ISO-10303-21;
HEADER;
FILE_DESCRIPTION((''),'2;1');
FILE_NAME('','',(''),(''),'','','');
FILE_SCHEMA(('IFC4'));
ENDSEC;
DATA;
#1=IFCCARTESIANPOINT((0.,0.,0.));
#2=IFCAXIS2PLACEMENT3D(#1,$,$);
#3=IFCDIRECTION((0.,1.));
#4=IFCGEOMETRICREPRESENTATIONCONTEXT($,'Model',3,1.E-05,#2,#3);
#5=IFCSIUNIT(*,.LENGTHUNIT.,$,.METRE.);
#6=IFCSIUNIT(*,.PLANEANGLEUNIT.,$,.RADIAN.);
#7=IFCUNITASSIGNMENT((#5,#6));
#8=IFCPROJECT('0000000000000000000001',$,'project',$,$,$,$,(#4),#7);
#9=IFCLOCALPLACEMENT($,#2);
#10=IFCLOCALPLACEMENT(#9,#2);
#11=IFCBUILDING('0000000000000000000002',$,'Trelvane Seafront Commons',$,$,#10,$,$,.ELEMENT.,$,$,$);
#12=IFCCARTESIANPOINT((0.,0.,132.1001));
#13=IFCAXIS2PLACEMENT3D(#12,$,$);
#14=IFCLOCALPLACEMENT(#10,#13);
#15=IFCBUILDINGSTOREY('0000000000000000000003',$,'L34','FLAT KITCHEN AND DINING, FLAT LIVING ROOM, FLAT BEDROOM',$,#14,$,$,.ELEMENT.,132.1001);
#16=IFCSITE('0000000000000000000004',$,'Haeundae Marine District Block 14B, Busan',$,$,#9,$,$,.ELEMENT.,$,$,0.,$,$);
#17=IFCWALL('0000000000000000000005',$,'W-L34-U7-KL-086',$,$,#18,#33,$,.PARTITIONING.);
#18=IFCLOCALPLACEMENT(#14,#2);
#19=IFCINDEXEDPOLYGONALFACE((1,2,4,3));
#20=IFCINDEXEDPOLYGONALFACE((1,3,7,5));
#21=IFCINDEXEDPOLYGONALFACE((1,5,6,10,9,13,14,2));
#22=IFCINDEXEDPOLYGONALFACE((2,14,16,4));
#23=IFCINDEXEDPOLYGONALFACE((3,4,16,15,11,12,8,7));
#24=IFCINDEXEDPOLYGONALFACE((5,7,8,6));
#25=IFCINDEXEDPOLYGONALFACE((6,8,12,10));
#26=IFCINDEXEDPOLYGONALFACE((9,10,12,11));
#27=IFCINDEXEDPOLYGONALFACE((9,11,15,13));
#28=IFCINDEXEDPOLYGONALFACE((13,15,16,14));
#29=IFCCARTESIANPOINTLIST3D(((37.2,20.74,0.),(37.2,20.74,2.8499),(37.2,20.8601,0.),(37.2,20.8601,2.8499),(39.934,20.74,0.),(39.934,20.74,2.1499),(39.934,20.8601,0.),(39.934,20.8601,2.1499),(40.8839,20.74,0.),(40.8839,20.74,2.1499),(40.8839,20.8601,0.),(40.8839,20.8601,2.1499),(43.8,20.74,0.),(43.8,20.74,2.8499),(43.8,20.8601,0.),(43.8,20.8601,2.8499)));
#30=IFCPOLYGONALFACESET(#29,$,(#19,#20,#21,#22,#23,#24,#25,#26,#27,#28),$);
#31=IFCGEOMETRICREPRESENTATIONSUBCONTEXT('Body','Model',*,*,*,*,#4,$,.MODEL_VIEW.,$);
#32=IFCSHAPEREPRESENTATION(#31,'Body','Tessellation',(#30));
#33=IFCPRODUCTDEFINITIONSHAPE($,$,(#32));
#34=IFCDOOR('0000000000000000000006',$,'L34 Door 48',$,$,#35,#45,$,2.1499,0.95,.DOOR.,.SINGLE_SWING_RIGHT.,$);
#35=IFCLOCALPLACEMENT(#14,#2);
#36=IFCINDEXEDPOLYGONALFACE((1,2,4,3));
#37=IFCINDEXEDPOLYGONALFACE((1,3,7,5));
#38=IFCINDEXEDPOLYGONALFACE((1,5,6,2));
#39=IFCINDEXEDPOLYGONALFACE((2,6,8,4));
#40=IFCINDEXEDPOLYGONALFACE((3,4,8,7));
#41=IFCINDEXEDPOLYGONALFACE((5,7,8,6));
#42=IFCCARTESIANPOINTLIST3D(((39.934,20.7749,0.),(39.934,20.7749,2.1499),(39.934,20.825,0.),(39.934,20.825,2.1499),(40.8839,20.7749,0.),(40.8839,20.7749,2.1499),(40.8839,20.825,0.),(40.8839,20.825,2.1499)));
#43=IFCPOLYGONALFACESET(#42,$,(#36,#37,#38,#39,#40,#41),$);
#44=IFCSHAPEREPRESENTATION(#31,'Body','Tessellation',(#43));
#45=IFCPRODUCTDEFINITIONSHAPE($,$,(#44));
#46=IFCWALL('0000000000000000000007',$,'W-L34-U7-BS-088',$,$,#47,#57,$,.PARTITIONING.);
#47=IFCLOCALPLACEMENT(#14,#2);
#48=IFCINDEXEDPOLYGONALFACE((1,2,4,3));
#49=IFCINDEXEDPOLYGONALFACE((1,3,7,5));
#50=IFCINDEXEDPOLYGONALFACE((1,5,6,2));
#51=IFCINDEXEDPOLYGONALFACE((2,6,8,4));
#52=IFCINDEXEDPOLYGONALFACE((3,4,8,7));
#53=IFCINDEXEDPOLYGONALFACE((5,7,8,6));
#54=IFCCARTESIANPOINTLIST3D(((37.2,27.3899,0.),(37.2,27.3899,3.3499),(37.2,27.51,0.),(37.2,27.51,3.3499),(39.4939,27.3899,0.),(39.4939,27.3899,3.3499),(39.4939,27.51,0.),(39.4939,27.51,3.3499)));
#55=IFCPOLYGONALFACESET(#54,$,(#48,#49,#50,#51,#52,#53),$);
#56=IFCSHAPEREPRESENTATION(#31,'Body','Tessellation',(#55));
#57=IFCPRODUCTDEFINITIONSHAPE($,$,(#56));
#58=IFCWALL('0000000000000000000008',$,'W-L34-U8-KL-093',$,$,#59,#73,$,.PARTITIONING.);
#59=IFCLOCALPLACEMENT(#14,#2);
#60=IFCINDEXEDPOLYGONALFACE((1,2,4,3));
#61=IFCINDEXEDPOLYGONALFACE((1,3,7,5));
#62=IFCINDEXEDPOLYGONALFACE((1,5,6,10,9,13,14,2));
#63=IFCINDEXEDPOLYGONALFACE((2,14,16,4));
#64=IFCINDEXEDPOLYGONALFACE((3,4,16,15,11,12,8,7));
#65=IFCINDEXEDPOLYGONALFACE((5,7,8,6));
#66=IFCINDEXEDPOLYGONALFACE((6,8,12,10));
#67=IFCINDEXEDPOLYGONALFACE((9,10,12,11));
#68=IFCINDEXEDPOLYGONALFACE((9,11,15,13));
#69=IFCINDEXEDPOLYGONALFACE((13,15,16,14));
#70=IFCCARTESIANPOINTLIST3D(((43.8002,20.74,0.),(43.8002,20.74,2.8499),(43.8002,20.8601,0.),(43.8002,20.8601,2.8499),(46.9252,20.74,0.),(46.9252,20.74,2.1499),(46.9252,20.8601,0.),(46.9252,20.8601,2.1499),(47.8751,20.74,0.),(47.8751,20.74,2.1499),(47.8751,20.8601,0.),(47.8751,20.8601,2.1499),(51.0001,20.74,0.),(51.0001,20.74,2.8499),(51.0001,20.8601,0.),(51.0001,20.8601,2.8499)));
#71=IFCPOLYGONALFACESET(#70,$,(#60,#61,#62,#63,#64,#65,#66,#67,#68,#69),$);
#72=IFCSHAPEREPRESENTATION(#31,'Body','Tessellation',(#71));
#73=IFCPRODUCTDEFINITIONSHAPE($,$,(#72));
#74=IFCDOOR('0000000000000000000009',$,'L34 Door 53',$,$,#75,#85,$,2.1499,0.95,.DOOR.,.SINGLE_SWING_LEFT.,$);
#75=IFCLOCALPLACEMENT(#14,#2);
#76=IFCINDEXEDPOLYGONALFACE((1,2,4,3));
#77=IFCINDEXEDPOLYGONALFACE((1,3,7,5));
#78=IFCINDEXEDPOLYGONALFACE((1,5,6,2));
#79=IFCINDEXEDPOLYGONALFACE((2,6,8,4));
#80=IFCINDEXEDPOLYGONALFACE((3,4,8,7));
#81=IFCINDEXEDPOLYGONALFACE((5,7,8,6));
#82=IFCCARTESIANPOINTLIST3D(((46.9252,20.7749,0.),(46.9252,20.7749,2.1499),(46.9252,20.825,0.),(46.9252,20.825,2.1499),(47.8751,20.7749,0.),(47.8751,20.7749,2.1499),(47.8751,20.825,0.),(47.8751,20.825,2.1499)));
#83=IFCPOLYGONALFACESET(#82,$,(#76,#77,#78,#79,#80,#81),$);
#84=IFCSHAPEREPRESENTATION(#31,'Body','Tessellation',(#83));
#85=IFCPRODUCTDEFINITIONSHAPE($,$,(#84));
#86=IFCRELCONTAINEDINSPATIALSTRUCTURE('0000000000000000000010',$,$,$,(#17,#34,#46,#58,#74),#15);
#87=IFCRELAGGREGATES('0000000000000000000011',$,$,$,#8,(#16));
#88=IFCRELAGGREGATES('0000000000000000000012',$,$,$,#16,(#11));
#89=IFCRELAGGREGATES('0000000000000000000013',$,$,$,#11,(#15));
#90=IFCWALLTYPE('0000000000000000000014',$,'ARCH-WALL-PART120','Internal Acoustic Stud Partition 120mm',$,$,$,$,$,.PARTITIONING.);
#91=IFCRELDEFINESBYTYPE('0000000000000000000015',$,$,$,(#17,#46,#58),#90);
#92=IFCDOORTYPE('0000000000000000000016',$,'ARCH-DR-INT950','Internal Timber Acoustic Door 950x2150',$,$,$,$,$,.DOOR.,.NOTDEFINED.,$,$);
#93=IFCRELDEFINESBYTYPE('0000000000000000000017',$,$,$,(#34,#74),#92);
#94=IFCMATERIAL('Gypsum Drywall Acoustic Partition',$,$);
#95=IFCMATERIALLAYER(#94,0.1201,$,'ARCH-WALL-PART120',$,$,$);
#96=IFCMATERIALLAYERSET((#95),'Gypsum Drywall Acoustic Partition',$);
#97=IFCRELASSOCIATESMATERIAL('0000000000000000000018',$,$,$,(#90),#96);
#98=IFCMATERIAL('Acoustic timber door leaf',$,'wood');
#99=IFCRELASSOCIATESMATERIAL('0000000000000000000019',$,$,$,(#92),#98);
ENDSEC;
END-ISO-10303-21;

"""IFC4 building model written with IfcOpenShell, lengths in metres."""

from ifc_helpers import new_model, si_unit, direction, frame, frame_2d, origin, place, context, subcontext, project, spatial, rectangle, extrude, source, transform, mapped, material, layer, layer_set, type_object, element, fill, save


model = new_model("IFC4")

# Units and contexts
model_context = context("Model", 3, precision=1e-05, world=origin(), true_north=direction((0.0, 1.0)))
body_context = subcontext(model_context, "Body", "Model", "MODEL_VIEW")
ifc_project = project(units=[si_unit("LENGTHUNIT", "METRE"), si_unit("PLANEANGLEUNIT", "RADIAN")], contexts=[model_context])

# Site, building, storey
site_placement = place(None, origin())
site = spatial("IfcSite", under=ifc_project, at=site_placement, Name="Haeundae Marine District Block 14B, Busan", CompositionType="ELEMENT", RefElevation=0.0)
building_placement = place(site_placement, origin())
building = spatial("IfcBuilding", under=site, at=building_placement, Name="Trelvane Seafront Commons", CompositionType="ELEMENT")
storey_placement = place(building_placement, frame((0.0, 0.0, 132.1001)))
storey = spatial("IfcBuildingStorey", under=building, at=storey_placement, Name="L34", Description="FLAT KITCHEN AND DINING, FLAT LIVING ROOM, FLAT BEDROOM", CompositionType="ELEMENT", Elevation=132.1001)

# Wall, opening, door
ifc_material_1 = material(Name="Gypsum Drywall Acoustic Partition")
ifc_layer = layer(ifc_material_1, 0.1201, Name="ARCH-WALL-PART120")
ifc_layer_set = layer_set([ifc_layer], Name="Gypsum Drywall Acoustic Partition")
wall_type = type_object("IfcWallType", Name="ARCH-WALL-PART120", Description="Internal Acoustic Stud Partition 120mm", PredefinedType="PARTITIONING", material=ifc_layer_set)
wall_1_placement = place(storey_placement, frame((37.2, 20.8, 0.0), z_axis=(0.0, 0.0, 1.0), x_axis=(1.0, 0.0, 0.0)))
wall_1 = element("IfcWall", 1, at=wall_1_placement, inside=storey, type_object=wall_type, Name="W-L34-U7-KL-086", PredefinedType="PARTITIONING", context=body_context, shape_type="SweptSolid", body=[
    extrude(rectangle(XDim=6.6001, YDim=0.1201, at=frame_2d((3.3, 0.0))), origin(), (0.0, 0.0, 1.0), 2.8499),
])
opening_1_placement = place(wall_1_placement, frame((2.7339, 0.0, 0.0)))
opening_1 = element("IfcOpeningElement", 2, at=opening_1_placement, cuts=wall_1, PredefinedType="OPENING", context=body_context, shape_type="SweptSolid", body=[
    extrude(rectangle(XDim=0.95, YDim=2.1499, at=frame_2d((0.4751, 1.075))), frame((0.0, 0.0701, 0.0), z_axis=(0.0, -1.0, 0.0), x_axis=(1.0, 0.0, 0.0)), (0.0, 0.0, 1.0), 0.1401),
])
ifc_material_2 = material(Name="Acoustic timber door leaf", Category="wood")
door_type = type_object("IfcDoorType", Name="ARCH-DR-INT950", Description="Internal Timber Acoustic Door 950x2150", OperationType="NOTDEFINED", PredefinedType="DOOR", material=ifc_material_2)
shared_shape_1 = source(origin(), body_context, "Body", "SweptSolid", [
    extrude(rectangle(XDim=0.95, YDim=2.1499, at=frame_2d((0.4751, 1.075))), frame((0.0, 0.0249, 0.0), z_axis=(0.0, -1.0, 0.0), x_axis=(1.0, 0.0, 0.0)), (0.0, 0.0, 1.0), 0.05),
])
door_1_placement = place(opening_1_placement, origin())
door_1 = element("IfcDoor", 3, at=door_1_placement, inside=storey, type_object=door_type, Name="L34 Door 48", OperationType="SINGLE_SWING_RIGHT", OverallHeight=2.1499, OverallWidth=0.95, PredefinedType="DOOR", context=body_context, shape_type="MappedRepresentation", body=[
    mapped(shared_shape_1, transform((0.0, 0.0, 0.0), x_axis=(1.0, 0.0, 0.0), y_axis=(0.0, 1.0, 0.0), z_axis=(0.0, 0.0, 1.0), scale=1.0)),
])
fill(opening_1, door_1)

# Wall
wall_2_placement = place(storey_placement, frame((37.2, 27.45, 0.0), z_axis=(0.0, 0.0, 1.0), x_axis=(1.0, 0.0, 0.0)))
element("IfcWall", 4, at=wall_2_placement, inside=storey, type_object=wall_type, Name="W-L34-U7-BS-088", PredefinedType="PARTITIONING", context=body_context, shape_type="SweptSolid", body=[
    extrude(rectangle(XDim=2.2939, YDim=0.1201, at=frame_2d((1.147, 0.0))), origin(), (0.0, 0.0, 1.0), 3.3499),
])

# Wall, opening, door
wall_3_placement = place(storey_placement, frame((43.8, 20.8, 0.0), z_axis=(0.0, 0.0, 1.0), x_axis=(1.0, 0.0, 0.0)))
wall_3 = element("IfcWall", 5, at=wall_3_placement, inside=storey, type_object=wall_type, Name="W-L34-U8-KL-093", PredefinedType="PARTITIONING", context=body_context, shape_type="SweptSolid", body=[
    extrude(rectangle(XDim=7.2, YDim=0.1201, at=frame_2d((3.6001, 0.0))), origin(), (0.0, 0.0, 1.0), 2.8499),
])
opening_2_placement = place(wall_3_placement, frame((3.125, 0.0, 0.0)))
opening_2 = element("IfcOpeningElement", 6, at=opening_2_placement, cuts=wall_3, PredefinedType="OPENING", context=body_context, shape_type="SweptSolid", body=[
    extrude(rectangle(XDim=0.95, YDim=2.1499, at=frame_2d((0.4751, 1.075))), frame((0.0, 0.0701, 0.0), z_axis=(0.0, -1.0, 0.0), x_axis=(1.0, 0.0, 0.0)), (0.0, 0.0, 1.0), 0.1401),
])
door_2_placement = place(opening_2_placement, origin())
door_2 = element("IfcDoor", 7, at=door_2_placement, inside=storey, type_object=door_type, Name="L34 Door 53", OperationType="SINGLE_SWING_LEFT", OverallHeight=2.1499, OverallWidth=0.95, PredefinedType="DOOR", context=body_context, shape_type="MappedRepresentation", body=[
    mapped(shared_shape_1, transform((0.0, 0.0, 0.0), x_axis=(1.0, 0.0, 0.0), y_axis=(0.0, 1.0, 0.0), z_axis=(0.0, 0.0, 1.0), scale=1.0)),
])
fill(opening_2, door_2)

save(model, "model.ifc")
